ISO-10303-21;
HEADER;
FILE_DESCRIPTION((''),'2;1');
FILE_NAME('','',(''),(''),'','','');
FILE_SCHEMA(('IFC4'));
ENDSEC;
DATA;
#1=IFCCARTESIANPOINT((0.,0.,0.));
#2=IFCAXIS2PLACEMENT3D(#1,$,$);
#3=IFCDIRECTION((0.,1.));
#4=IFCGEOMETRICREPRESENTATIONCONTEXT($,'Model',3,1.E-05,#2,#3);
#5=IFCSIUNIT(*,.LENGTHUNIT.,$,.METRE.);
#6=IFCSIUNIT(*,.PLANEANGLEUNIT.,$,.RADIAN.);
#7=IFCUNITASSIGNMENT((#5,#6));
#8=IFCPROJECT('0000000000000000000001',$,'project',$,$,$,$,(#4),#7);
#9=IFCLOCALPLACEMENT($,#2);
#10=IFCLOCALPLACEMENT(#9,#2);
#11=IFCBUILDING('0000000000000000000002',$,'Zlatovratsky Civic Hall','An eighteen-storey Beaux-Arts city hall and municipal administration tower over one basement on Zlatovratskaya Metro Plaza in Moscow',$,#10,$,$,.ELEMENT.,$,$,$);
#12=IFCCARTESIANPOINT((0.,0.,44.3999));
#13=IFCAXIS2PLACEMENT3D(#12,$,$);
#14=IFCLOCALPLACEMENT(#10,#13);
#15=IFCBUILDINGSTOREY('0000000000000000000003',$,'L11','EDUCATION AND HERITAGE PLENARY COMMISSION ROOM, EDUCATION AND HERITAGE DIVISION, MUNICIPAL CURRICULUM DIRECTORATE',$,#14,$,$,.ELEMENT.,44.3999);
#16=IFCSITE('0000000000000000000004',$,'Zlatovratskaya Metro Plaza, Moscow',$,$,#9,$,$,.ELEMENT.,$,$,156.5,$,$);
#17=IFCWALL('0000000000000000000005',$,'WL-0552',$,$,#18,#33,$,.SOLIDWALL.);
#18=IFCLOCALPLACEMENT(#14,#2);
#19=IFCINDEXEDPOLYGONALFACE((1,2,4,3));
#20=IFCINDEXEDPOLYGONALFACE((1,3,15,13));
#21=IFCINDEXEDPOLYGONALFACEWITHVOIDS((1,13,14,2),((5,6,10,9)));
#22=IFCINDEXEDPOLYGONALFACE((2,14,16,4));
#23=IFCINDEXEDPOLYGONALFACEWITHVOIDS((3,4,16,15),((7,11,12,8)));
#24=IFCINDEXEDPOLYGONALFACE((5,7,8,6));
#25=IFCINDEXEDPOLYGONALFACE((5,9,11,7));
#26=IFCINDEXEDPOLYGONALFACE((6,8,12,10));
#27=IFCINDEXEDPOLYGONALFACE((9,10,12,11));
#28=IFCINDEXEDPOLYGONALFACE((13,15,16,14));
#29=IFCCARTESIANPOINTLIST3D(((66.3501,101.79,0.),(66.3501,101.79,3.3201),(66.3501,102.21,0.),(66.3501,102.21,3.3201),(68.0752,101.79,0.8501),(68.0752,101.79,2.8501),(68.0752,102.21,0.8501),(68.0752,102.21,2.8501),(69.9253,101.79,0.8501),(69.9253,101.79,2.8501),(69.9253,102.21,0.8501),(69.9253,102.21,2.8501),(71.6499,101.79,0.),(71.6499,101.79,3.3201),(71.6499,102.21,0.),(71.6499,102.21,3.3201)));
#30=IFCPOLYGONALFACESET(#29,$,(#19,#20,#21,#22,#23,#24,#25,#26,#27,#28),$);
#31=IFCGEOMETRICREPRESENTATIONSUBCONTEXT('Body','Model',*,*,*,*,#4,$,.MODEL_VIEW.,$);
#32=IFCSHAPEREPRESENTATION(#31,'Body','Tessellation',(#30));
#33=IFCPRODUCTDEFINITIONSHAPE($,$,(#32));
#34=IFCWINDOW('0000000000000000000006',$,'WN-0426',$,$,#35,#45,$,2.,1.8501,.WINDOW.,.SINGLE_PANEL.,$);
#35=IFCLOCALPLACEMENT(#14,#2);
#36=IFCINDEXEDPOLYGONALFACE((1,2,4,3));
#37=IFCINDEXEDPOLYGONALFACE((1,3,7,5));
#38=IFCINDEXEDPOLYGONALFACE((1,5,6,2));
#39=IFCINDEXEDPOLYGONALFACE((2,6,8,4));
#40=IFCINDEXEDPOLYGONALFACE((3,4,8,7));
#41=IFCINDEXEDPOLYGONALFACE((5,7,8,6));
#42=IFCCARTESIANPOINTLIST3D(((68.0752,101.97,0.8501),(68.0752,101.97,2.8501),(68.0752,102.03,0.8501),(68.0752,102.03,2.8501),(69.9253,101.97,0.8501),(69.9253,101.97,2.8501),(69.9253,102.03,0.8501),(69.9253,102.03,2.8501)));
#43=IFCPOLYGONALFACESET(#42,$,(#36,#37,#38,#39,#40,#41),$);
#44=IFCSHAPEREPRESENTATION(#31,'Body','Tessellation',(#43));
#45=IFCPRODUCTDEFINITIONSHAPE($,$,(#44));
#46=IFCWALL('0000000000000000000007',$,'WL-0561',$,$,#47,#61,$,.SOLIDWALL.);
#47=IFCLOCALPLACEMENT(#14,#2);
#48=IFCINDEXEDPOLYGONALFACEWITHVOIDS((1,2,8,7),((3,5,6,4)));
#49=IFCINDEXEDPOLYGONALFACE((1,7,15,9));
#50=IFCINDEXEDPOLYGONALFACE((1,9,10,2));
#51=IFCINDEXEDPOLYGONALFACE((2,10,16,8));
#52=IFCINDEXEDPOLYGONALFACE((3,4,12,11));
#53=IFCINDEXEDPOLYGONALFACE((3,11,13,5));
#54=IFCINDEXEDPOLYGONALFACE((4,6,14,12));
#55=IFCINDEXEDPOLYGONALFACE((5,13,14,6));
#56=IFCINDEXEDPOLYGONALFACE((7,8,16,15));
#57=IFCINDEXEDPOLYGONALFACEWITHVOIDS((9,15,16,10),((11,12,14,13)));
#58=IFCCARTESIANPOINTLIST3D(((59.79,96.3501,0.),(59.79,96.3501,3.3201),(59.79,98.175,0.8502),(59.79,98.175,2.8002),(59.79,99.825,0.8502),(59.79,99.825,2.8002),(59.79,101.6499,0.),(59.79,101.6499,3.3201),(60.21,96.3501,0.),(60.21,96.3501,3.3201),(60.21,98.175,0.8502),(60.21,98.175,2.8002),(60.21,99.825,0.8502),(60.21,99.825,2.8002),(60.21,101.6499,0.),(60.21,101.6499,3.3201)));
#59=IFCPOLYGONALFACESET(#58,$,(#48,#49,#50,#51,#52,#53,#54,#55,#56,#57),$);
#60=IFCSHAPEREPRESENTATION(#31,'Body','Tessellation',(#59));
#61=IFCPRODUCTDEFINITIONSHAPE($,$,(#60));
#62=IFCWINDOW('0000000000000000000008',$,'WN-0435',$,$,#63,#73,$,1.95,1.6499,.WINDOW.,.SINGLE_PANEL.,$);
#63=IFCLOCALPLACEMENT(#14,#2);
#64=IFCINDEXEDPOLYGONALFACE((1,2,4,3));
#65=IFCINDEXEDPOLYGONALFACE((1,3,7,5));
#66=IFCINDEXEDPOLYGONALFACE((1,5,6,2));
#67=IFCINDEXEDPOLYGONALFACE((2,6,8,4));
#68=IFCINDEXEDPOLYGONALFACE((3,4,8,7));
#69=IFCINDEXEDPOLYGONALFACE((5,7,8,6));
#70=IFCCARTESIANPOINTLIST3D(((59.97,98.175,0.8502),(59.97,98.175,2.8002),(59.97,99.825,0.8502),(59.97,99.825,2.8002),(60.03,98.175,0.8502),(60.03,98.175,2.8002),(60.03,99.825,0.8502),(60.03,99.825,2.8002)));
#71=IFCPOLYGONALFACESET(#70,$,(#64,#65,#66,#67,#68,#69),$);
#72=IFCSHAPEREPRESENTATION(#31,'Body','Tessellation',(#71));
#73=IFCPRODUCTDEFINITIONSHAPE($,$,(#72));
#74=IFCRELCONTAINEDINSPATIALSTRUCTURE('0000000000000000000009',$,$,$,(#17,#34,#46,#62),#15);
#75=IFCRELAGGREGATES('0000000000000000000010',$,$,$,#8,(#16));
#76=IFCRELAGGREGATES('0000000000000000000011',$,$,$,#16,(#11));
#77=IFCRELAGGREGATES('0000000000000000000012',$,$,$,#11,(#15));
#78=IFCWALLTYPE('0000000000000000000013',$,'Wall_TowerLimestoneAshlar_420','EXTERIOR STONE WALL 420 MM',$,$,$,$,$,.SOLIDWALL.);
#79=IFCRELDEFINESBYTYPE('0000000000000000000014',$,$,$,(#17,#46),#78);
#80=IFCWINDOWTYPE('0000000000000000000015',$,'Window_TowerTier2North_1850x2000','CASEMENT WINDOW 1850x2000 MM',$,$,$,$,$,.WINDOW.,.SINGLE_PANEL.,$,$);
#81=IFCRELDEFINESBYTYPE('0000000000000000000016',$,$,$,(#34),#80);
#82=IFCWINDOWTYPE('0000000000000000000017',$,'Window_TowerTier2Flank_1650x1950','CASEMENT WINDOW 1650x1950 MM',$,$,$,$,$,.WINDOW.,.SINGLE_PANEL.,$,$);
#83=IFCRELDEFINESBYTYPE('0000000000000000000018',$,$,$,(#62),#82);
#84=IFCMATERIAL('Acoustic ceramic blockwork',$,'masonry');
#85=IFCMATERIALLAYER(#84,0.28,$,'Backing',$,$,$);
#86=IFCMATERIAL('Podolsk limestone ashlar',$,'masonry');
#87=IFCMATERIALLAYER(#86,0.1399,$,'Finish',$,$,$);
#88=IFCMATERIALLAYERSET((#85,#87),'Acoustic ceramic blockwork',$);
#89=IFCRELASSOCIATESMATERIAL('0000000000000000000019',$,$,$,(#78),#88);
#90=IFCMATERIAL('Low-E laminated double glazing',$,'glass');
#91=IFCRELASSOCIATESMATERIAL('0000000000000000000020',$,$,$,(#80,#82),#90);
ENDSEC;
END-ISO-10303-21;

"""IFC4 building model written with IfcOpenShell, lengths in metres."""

from ifc_helpers import new_model, si_unit, direction, frame, frame_2d, origin, place, context, subcontext, project, spatial, rectangle, extrude, material, layer, layer_set, type_object, element, fill, save


model = new_model("IFC4")

# Units and contexts
model_context = context("Model", 3, precision=1e-05, world=origin(), true_north=direction((0.0, 1.0)))
body_context = subcontext(model_context, "Body", "Model", "MODEL_VIEW")
ifc_project = project(units=[si_unit("LENGTHUNIT", "METRE"), si_unit("PLANEANGLEUNIT", "RADIAN")], contexts=[model_context])

# Site, building, storey
site_placement = place(None, origin())
site = spatial("IfcSite", under=ifc_project, at=site_placement, Name="Zlatovratskaya Metro Plaza, Moscow", CompositionType="ELEMENT", RefElevation=156.5)
building_placement = place(site_placement, origin())
building = spatial("IfcBuilding", under=site, at=building_placement, Name="Zlatovratsky Civic Hall", Description="An eighteen-storey Beaux-Arts city hall and municipal administration tower over one basement on Zlatovratskaya Metro Plaza in Moscow", CompositionType="ELEMENT")
storey_placement = place(building_placement, frame((0.0, 0.0, 44.3999)))
storey = spatial("IfcBuildingStorey", under=building, at=storey_placement, Name="L11", Description="EDUCATION AND HERITAGE PLENARY COMMISSION ROOM, EDUCATION AND HERITAGE DIVISION, MUNICIPAL CURRICULUM DIRECTORATE", CompositionType="ELEMENT", Elevation=44.3999)

# Walls, openings, windows
ifc_material_1 = material(Name="Acoustic ceramic blockwork", Category="masonry")
ifc_layer_1 = layer(ifc_material_1, 0.28, Name="Backing")
ifc_material_2 = material(Name="Podolsk limestone ashlar", Category="masonry")
ifc_layer_2 = layer(ifc_material_2, 0.1399, Name="Finish")
ifc_layer_set_1 = layer_set([ifc_layer_1, ifc_layer_2], Name="Acoustic ceramic blockwork")
wall_type_1 = type_object("IfcWallType", Name="Wall_TowerLimestoneAshlar_420", Description="EXTERIOR STONE WALL 420 MM", PredefinedType="SOLIDWALL", material=ifc_layer_set_1)
ifc_material_3 = material(Name="Low-E laminated double glazing", Category="glass")
window_type_1 = type_object("IfcWindowType", Name="Window_TowerTier2North_1850x2000", Description="CASEMENT WINDOW 1850x2000 MM", PartitioningType="SINGLE_PANEL", PredefinedType="WINDOW", material=ifc_material_3)
wall_1_placement = place(storey_placement, frame((66.3501, 102.0, 0.0), z_axis=(0.0, 0.0, 1.0), x_axis=(1.0, 0.0, 0.0)))
wall_1 = element("IfcWall", 1, at=wall_1_placement, inside=storey, type_object=wall_type_1, Name="WL-0552", PredefinedType="SOLIDWALL", context=body_context, shape_type="SweptSolid", body=[
    extrude(rectangle(XDim=5.2998, YDim=0.4199, at=frame_2d((2.6499, 0.0))), origin(), (0.0, 0.0, 1.0), 3.3201),
])
opening_1_placement = place(wall_1_placement, frame((1.7251, 0.0, 0.8501)))
opening_1 = element("IfcOpeningElement", 2, at=opening_1_placement, cuts=wall_1, PredefinedType="OPENING", context=body_context, shape_type="SweptSolid", body=[
    extrude(rectangle(XDim=1.8501, YDim=2.0, at=frame_2d((0.925, 1.0))), frame((0.0, 0.2249, 0.0), z_axis=(0.0, -1.0, 0.0), x_axis=(1.0, 0.0, 0.0)), (0.0, 0.0, 1.0), 0.4497),
])
window_1_placement = place(opening_1_placement, origin())
window_1 = element("IfcWindow", 3, at=window_1_placement, inside=storey, type_object=window_type_1, Name="WN-0426", OverallHeight=2.0, OverallWidth=1.8501, PartitioningType="SINGLE_PANEL", PredefinedType="WINDOW", context=body_context, shape_type="SweptSolid", body=[
    extrude(rectangle(XDim=1.8501, YDim=2.0, at=frame_2d((0.925, 1.0))), frame((0.0, 0.03, 0.0), z_axis=(0.0, -1.0, 0.0), x_axis=(1.0, 0.0, 0.0)), (0.0, 0.0, 1.0), 0.0601),
])
fill(opening_1, window_1)
wall_2_placement = place(storey_placement, frame((60.0, 96.3501, 0.0), z_axis=(0.0, 0.0, 1.0), x_axis=(0.0, 1.0, 0.0)))
wall_2 = element("IfcWall", 4, at=wall_2_placement, inside=storey, type_object=wall_type_1, Name="WL-0561", PredefinedType="SOLIDWALL", context=body_context, shape_type="SweptSolid", body=[
    extrude(rectangle(XDim=5.2998, YDim=0.4199, at=frame_2d((2.6499, 0.0))), origin(), (0.0, 0.0, 1.0), 3.3201),
])
opening_2_placement = place(wall_2_placement, frame((1.825, 0.0, 0.8501)))
opening_2 = element("IfcOpeningElement", 5, at=opening_2_placement, cuts=wall_2, PredefinedType="OPENING", context=body_context, shape_type="SweptSolid", body=[
    extrude(rectangle(XDim=1.6499, YDim=1.95, at=frame_2d((0.825, 0.9751))), frame((0.0, 0.2249, 0.0), z_axis=(0.0, -1.0, 0.0), x_axis=(1.0, 0.0, 0.0)), (0.0, 0.0, 1.0), 0.4497),
])
window_type_2 = type_object("IfcWindowType", Name="Window_TowerTier2Flank_1650x1950", Description="CASEMENT WINDOW 1650x1950 MM", PartitioningType="SINGLE_PANEL", PredefinedType="WINDOW", material=ifc_material_3)
window_2_placement = place(opening_2_placement, origin())
window_2 = element("IfcWindow", 6, at=window_2_placement, inside=storey, type_object=window_type_2, Name="WN-0435", OverallHeight=1.95, OverallWidth=1.6499, PartitioningType="SINGLE_PANEL", PredefinedType="WINDOW", context=body_context, shape_type="SweptSolid", body=[
    extrude(rectangle(XDim=1.6499, YDim=1.95, at=frame_2d((0.825, 0.9751))), frame((0.0, 0.03, 0.0), z_axis=(0.0, -1.0, 0.0), x_axis=(1.0, 0.0, 0.0)), (0.0, 0.0, 1.0), 0.0601),
])
fill(opening_2, window_2)

save(model, "model.ifc")
